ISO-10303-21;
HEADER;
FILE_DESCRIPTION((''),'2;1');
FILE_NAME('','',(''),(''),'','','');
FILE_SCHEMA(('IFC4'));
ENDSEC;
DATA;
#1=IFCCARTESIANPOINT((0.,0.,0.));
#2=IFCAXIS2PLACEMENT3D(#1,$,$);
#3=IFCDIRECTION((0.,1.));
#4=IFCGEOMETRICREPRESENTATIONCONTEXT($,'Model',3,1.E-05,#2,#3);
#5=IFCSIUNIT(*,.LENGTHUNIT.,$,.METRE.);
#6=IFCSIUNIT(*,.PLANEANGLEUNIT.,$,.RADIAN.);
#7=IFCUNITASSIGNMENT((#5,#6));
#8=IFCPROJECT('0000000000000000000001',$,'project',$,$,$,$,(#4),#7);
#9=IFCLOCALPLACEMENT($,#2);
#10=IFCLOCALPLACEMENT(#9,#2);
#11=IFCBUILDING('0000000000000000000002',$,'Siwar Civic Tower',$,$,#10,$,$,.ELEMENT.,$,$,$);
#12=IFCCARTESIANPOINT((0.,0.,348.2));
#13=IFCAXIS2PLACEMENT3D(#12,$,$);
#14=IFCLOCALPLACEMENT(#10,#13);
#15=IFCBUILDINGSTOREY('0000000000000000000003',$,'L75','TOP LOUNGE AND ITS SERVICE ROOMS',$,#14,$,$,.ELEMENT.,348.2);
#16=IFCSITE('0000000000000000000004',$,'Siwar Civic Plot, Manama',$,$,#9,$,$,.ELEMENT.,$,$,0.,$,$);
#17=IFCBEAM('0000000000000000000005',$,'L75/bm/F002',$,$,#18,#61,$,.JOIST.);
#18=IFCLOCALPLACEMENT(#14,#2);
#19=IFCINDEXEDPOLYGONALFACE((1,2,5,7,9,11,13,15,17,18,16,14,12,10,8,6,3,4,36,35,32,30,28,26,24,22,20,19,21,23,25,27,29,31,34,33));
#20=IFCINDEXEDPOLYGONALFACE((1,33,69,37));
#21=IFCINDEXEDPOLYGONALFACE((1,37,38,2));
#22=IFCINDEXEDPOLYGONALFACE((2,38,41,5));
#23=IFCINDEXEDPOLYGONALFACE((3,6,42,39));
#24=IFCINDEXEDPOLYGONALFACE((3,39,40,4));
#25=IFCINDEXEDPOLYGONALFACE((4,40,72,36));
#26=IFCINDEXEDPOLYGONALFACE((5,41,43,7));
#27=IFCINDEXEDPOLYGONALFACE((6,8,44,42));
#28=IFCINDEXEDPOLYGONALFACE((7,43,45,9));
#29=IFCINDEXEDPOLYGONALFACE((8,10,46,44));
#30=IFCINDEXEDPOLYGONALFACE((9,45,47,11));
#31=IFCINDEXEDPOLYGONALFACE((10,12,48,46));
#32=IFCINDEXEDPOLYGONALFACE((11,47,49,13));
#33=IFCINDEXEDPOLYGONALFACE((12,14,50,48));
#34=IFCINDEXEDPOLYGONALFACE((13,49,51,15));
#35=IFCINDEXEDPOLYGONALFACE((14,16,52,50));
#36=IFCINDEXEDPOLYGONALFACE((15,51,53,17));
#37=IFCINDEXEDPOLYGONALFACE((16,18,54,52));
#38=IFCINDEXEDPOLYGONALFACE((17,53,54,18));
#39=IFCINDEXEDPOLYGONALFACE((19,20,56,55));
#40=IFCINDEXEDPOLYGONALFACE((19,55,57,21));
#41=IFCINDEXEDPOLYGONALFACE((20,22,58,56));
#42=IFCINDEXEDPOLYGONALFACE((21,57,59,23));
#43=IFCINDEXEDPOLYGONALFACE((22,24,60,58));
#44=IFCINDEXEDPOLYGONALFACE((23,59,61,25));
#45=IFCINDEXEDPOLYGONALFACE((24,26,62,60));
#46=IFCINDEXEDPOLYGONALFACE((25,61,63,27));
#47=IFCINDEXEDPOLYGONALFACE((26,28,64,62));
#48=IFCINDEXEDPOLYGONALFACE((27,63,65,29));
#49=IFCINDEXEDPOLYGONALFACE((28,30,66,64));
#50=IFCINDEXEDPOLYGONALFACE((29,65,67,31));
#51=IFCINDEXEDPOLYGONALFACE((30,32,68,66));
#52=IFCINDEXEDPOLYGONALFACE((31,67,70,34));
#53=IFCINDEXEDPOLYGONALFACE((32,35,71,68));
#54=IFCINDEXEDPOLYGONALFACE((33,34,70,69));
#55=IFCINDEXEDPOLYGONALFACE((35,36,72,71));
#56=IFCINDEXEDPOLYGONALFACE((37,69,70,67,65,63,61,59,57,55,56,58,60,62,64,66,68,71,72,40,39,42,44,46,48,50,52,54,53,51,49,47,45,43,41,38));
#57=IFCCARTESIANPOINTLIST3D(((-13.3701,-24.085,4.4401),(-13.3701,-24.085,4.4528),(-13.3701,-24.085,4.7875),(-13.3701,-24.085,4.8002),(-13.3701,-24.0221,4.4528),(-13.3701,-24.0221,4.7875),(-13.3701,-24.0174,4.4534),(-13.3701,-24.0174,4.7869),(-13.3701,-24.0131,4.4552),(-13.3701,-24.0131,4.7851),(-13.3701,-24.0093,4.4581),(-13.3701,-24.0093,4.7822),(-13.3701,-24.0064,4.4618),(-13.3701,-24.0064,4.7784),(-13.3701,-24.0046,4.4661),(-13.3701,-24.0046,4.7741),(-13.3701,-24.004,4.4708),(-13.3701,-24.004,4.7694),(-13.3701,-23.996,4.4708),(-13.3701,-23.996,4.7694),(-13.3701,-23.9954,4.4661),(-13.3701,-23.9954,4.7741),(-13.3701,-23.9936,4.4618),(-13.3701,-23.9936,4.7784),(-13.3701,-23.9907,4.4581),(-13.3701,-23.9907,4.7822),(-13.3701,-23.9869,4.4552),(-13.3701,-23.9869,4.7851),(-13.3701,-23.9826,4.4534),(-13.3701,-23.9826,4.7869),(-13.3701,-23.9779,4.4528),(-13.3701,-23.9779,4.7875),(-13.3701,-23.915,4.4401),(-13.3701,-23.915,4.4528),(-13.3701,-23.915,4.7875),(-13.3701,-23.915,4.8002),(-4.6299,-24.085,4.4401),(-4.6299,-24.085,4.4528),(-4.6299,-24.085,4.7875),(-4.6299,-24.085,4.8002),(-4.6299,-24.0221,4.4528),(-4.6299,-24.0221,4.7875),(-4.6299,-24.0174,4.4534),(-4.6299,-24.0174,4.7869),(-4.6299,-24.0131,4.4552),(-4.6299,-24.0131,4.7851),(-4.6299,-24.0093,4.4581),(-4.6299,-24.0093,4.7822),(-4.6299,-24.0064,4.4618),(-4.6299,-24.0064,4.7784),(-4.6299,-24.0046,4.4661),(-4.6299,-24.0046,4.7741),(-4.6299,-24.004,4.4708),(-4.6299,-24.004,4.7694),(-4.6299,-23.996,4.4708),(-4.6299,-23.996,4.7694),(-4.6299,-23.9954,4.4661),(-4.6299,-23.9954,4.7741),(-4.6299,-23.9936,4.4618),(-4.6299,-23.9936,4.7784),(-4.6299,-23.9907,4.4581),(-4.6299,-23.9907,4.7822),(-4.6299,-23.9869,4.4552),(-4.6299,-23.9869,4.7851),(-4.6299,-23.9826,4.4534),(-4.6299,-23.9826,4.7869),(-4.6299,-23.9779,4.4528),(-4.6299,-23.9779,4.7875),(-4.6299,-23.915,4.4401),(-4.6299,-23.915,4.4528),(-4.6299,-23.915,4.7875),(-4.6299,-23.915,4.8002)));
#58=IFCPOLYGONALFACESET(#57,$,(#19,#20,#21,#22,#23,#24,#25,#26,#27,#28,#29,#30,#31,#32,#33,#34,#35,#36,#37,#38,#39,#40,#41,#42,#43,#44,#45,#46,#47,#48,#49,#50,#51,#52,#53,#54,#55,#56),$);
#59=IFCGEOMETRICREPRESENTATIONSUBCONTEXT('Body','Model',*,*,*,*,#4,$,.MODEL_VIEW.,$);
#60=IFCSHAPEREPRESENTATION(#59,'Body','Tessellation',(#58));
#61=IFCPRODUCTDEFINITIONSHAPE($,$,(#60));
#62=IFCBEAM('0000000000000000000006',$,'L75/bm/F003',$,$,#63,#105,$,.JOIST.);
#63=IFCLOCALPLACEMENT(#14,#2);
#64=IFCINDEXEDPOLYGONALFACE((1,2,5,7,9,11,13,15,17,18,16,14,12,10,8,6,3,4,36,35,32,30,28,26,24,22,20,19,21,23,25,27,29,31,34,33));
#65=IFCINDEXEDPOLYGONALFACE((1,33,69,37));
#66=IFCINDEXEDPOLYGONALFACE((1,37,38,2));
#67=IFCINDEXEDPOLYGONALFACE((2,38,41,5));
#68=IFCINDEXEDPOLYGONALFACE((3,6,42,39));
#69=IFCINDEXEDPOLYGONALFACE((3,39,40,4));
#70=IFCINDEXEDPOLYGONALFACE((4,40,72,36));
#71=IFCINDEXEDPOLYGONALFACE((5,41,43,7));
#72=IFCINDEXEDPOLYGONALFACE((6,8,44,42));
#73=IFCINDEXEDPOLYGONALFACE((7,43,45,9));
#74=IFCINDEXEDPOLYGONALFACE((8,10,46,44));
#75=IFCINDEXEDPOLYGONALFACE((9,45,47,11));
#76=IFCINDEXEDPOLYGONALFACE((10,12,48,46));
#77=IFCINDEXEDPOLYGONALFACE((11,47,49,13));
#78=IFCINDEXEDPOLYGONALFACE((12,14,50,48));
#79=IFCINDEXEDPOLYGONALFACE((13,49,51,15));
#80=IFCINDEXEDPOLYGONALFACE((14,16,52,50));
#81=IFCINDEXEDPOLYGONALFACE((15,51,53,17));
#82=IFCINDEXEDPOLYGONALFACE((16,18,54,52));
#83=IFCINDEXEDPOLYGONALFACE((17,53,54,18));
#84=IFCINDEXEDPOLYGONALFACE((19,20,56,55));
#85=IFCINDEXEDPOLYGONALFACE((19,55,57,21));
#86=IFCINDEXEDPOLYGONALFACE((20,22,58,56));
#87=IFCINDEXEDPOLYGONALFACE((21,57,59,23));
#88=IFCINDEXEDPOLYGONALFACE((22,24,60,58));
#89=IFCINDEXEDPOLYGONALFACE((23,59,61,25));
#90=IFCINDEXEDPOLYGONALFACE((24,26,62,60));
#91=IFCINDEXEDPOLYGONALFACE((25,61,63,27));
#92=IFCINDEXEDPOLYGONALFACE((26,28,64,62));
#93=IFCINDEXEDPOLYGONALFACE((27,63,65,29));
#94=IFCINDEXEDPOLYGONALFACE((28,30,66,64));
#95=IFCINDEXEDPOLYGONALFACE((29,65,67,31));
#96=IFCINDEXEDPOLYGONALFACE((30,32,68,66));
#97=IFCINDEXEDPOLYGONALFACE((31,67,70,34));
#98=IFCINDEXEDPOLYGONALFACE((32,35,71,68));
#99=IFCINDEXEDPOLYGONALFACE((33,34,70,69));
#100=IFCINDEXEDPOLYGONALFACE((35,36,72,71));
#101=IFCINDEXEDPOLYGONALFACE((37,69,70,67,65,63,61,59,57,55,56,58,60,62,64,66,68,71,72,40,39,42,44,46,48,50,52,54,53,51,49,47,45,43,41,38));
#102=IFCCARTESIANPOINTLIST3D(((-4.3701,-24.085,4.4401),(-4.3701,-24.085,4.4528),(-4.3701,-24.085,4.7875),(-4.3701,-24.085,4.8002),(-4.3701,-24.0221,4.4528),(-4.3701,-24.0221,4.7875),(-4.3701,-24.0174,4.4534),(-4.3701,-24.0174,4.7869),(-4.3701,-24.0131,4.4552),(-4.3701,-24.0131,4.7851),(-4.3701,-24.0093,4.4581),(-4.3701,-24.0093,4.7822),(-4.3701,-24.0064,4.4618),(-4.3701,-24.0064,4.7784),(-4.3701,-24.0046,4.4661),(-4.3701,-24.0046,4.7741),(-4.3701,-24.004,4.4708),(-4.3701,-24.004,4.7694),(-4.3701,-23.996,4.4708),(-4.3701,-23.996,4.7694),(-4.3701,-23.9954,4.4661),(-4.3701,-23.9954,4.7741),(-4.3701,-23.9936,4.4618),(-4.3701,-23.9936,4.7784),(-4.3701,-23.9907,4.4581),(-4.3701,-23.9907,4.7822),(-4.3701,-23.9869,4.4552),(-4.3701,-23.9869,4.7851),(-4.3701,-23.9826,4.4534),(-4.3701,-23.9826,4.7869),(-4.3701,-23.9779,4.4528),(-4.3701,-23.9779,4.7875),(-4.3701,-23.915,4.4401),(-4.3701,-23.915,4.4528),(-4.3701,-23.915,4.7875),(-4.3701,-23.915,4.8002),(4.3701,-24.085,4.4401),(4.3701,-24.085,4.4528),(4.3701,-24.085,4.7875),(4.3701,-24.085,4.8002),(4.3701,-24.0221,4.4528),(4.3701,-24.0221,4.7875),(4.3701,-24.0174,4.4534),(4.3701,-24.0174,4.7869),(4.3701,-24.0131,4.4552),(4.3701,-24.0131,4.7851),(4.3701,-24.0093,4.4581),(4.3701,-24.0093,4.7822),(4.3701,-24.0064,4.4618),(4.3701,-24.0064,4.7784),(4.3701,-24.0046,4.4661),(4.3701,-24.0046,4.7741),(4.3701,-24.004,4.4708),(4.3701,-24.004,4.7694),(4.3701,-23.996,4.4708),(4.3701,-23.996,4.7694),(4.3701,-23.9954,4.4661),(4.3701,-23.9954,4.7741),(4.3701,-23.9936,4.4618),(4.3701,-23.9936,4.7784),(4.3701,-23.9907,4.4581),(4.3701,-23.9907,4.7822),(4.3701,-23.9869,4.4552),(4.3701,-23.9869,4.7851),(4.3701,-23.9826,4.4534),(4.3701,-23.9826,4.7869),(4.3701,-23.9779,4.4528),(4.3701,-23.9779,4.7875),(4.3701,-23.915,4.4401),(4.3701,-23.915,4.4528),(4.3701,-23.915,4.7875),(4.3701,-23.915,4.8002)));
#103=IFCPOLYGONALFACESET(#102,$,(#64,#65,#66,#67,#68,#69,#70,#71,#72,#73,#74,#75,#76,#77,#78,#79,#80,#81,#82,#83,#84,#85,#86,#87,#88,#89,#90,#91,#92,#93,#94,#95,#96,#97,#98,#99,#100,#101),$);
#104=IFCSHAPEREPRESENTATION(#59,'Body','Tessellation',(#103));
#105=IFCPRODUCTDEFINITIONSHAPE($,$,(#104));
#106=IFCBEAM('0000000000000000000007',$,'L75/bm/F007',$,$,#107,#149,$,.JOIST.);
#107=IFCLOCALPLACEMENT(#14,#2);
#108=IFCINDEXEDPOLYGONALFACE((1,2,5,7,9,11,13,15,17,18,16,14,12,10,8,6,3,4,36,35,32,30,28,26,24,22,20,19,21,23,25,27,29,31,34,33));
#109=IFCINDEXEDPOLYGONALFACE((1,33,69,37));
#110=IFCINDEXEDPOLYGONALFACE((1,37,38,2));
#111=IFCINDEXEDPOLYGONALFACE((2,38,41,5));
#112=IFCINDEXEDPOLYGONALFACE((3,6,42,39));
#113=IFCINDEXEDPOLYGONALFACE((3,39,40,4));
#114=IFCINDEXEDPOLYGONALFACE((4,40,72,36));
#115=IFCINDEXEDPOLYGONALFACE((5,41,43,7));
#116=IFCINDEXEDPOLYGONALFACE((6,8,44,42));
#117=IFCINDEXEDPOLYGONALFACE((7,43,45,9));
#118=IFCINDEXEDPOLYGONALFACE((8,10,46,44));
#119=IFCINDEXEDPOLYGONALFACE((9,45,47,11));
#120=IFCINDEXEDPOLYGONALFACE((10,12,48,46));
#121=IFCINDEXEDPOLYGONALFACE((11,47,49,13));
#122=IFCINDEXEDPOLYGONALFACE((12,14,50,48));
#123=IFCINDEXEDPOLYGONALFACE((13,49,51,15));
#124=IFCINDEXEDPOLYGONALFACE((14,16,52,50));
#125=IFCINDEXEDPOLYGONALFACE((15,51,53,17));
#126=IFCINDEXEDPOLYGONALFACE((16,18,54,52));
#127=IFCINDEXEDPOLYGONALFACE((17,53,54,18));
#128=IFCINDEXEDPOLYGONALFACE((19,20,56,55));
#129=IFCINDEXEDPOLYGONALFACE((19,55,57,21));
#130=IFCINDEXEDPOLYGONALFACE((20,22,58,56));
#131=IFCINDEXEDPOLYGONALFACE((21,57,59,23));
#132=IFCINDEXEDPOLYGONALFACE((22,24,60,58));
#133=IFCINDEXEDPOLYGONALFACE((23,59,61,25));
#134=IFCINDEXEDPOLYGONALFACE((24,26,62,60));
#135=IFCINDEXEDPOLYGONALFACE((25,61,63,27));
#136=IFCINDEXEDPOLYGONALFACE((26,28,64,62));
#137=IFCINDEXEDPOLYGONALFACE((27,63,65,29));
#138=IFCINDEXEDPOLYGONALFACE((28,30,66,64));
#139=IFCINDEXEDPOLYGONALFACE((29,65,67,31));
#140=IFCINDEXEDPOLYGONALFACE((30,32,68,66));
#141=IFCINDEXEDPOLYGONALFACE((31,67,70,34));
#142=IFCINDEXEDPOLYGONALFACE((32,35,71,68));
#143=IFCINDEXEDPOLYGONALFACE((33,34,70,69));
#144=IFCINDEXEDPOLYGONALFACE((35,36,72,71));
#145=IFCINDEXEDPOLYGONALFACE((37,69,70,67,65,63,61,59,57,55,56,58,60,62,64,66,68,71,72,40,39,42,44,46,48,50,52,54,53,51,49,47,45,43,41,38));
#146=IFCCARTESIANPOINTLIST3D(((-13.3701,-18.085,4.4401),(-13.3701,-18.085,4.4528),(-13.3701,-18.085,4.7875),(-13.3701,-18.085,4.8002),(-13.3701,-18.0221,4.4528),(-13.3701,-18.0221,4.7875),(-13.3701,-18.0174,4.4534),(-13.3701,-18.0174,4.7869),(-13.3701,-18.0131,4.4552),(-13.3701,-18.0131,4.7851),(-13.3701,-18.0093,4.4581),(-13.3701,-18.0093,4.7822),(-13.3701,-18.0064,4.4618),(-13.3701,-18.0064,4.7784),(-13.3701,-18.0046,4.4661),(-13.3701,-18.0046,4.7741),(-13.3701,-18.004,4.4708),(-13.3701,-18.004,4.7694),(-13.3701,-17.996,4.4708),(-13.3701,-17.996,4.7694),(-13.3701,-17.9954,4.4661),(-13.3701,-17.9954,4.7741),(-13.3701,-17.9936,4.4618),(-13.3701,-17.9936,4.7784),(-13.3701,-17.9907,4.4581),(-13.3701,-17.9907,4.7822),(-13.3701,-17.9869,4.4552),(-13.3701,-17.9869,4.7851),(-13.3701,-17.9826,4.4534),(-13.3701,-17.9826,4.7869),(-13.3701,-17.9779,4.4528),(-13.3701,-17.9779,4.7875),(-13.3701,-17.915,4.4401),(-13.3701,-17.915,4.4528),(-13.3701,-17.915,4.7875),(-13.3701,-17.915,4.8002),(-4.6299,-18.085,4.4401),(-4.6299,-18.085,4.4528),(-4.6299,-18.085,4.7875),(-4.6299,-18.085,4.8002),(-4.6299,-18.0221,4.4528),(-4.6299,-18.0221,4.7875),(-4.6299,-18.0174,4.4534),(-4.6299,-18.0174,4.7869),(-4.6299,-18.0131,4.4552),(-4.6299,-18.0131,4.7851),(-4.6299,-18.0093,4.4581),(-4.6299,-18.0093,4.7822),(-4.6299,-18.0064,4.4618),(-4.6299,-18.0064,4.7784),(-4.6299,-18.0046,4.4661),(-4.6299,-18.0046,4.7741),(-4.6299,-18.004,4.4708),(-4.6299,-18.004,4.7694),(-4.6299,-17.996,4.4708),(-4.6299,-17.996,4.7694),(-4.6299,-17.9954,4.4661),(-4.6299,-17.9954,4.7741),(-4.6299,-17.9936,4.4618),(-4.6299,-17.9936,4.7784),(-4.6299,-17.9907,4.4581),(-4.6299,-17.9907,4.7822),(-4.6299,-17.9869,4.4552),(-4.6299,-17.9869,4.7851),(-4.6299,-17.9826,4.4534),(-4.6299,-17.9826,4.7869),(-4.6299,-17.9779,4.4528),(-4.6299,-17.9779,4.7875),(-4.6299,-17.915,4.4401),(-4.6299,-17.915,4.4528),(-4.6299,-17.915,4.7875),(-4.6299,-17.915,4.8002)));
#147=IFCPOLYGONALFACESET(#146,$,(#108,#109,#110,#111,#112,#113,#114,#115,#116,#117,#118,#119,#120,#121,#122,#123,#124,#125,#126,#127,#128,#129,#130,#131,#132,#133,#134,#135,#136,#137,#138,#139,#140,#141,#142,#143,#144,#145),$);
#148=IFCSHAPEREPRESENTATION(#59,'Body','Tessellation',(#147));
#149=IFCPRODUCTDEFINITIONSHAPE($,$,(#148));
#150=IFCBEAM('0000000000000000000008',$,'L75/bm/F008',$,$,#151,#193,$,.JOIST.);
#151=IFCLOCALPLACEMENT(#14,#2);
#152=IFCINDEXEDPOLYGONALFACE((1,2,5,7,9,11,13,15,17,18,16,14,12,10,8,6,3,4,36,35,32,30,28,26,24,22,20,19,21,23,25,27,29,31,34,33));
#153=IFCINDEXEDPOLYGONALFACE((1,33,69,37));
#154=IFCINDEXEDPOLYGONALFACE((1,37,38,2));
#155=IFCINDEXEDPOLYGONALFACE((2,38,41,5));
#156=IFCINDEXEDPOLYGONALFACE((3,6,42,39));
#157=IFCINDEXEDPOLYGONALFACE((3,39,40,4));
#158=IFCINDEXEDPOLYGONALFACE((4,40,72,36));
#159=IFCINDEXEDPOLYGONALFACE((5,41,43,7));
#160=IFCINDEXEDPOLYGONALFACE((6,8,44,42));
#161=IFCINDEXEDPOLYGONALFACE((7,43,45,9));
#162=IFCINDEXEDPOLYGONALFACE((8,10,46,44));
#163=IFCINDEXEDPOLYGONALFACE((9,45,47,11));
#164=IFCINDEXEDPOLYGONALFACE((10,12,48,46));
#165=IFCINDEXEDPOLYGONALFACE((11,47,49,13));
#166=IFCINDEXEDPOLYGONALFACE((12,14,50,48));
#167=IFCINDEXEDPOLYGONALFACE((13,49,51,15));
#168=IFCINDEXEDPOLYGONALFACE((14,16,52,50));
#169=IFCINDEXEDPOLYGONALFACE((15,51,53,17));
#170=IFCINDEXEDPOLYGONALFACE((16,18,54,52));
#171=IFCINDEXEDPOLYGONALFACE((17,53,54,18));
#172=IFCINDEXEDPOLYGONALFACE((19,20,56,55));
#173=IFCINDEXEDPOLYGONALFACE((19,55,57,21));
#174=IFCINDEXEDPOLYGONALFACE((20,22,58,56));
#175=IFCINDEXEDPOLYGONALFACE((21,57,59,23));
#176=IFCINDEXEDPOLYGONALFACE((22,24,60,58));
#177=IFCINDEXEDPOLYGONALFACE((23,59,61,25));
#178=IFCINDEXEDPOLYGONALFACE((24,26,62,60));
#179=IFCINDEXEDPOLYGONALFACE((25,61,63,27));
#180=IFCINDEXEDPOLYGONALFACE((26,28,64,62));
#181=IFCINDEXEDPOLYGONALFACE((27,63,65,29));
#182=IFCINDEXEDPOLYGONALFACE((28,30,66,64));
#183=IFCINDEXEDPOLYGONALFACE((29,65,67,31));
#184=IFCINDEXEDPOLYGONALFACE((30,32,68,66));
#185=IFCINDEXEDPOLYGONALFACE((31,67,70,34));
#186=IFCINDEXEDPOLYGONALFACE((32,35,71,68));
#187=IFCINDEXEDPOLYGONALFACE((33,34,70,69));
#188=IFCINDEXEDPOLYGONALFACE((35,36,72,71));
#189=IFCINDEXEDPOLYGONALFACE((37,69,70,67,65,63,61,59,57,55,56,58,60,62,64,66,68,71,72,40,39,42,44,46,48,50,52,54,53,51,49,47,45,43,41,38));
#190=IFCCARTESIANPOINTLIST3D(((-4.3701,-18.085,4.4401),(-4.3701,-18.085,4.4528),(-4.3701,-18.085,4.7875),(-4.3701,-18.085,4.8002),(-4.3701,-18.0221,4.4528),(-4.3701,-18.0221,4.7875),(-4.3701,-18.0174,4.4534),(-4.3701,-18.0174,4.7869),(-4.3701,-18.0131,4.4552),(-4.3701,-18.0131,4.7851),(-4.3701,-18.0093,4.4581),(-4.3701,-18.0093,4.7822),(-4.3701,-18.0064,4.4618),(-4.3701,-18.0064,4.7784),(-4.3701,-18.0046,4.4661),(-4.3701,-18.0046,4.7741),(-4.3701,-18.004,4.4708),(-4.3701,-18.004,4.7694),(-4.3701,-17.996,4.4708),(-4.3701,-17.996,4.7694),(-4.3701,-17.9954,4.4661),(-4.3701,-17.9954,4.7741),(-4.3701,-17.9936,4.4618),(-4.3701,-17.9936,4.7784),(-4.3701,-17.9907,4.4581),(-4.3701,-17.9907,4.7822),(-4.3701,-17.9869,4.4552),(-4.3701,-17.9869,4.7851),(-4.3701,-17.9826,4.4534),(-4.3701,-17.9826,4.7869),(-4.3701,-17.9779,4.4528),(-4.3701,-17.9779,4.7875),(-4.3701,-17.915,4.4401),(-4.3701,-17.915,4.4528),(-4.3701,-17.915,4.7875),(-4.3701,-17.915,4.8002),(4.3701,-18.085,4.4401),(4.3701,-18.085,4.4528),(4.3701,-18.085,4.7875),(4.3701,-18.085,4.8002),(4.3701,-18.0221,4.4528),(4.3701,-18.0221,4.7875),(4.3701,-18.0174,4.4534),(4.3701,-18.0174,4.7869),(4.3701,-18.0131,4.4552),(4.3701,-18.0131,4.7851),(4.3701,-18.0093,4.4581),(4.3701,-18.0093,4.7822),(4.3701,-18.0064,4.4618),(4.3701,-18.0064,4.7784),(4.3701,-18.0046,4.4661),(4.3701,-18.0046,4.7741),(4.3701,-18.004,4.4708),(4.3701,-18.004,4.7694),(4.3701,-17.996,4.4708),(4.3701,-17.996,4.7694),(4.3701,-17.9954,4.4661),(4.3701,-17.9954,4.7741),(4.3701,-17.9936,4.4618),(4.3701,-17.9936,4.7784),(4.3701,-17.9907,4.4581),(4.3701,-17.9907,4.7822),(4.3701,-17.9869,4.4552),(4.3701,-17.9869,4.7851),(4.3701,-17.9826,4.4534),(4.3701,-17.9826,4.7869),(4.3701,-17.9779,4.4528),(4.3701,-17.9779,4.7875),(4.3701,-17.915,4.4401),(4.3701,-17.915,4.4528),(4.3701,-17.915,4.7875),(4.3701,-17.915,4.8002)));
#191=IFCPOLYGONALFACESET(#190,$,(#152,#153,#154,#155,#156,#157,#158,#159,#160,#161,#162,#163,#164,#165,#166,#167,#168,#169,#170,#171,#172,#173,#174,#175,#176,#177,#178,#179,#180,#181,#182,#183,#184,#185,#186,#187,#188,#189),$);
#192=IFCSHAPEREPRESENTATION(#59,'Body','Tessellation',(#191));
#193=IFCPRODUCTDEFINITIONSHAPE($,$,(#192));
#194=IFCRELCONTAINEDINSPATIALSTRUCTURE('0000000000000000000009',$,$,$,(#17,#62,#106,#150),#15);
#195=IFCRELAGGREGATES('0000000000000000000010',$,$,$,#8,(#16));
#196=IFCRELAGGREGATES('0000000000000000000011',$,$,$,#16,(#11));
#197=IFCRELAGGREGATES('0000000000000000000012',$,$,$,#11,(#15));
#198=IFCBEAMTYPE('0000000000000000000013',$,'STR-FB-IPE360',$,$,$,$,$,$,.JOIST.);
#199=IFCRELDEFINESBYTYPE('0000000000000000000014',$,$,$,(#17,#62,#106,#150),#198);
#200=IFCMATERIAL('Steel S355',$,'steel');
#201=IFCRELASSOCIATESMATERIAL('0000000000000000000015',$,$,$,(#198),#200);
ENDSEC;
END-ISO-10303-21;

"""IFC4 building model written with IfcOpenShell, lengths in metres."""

from ifc_helpers import new_model, si_unit, direction, frame, origin, origin_2d, place, context, subcontext, project, spatial, i_section, extrude, material, material_profile, profile_set, type_object, element, save


model = new_model("IFC4")

# Units and contexts
model_context = context("Model", 3, precision=1e-05, world=origin(), true_north=direction((0.0, 1.0)))
body_context = subcontext(model_context, "Body", "Model", "MODEL_VIEW")
ifc_project = project(units=[si_unit("LENGTHUNIT", "METRE"), si_unit("PLANEANGLEUNIT", "RADIAN")], contexts=[model_context])

# Site, building, storey
site_placement = place(None, origin())
site = spatial("IfcSite", under=ifc_project, at=site_placement, Name="Siwar Civic Plot, Manama", CompositionType="ELEMENT", RefElevation=0.0)
building_placement = place(site_placement, origin())
building = spatial("IfcBuilding", under=site, at=building_placement, Name="Siwar Civic Tower", CompositionType="ELEMENT")
storey_placement = place(building_placement, frame((0.0, 0.0, 348.2)))
storey = spatial("IfcBuildingStorey", under=building, at=storey_placement, Name="L75", Description="TOP LOUNGE AND ITS SERVICE ROOMS", CompositionType="ELEMENT", Elevation=348.2)

# Beams
ifc_material_1 = material(Name="Steel S355", Category="steel")
ifc_material_profile_1 = material_profile(ifc_material_1, i_section(OverallWidth=0.1699, OverallDepth=0.3601, WebThickness=0.0081, FlangeThickness=0.0127, FilletRadius=0.0181, at=origin_2d()), Name="IPE360")
ifc_profile_set_1 = profile_set([ifc_material_profile_1], Name="Steel S355")
beam_type_1 = type_object("IfcBeamType", Name="STR-FB-IPE360", PredefinedType="JOIST", material=ifc_profile_set_1)
for number, where, z_axis, x_axis, name in (
    (1, (-13.3701, -24.0, 4.6201), (1.0, 0.0, 0.0), (0.0, 1.0, 0.0), "L75/bm/F002"),
    (2, (-4.3701, -24.0, 4.6201), (1.0, 0.0, 0.0), (0.0, 1.0, 0.0), "L75/bm/F003"),
    (3, (-13.3701, -18.0, 4.6201), (1.0, 0.0, 0.0), (0.0, 1.0, 0.0), "L75/bm/F007"),
    (4, (-4.3701, -18.0, 4.6201), (1.0, 0.0, 0.0), (0.0, 1.0, 0.0), "L75/bm/F008"),
):
    element("IfcBeam", number, at=place(storey_placement, frame(where, z_axis=z_axis, x_axis=x_axis)), inside=storey, type_object=beam_type_1, Name=name, PredefinedType="JOIST", context=body_context, shape_type="SweptSolid", body=[
        extrude(i_section(OverallWidth=0.1699, OverallDepth=0.3601, WebThickness=0.0081, FlangeThickness=0.0127, FilletRadius=0.0181, at=origin_2d()), origin(), (0.0, 0.0, 1.0), 8.7402),
    ])

save(model, "model.ifc")
